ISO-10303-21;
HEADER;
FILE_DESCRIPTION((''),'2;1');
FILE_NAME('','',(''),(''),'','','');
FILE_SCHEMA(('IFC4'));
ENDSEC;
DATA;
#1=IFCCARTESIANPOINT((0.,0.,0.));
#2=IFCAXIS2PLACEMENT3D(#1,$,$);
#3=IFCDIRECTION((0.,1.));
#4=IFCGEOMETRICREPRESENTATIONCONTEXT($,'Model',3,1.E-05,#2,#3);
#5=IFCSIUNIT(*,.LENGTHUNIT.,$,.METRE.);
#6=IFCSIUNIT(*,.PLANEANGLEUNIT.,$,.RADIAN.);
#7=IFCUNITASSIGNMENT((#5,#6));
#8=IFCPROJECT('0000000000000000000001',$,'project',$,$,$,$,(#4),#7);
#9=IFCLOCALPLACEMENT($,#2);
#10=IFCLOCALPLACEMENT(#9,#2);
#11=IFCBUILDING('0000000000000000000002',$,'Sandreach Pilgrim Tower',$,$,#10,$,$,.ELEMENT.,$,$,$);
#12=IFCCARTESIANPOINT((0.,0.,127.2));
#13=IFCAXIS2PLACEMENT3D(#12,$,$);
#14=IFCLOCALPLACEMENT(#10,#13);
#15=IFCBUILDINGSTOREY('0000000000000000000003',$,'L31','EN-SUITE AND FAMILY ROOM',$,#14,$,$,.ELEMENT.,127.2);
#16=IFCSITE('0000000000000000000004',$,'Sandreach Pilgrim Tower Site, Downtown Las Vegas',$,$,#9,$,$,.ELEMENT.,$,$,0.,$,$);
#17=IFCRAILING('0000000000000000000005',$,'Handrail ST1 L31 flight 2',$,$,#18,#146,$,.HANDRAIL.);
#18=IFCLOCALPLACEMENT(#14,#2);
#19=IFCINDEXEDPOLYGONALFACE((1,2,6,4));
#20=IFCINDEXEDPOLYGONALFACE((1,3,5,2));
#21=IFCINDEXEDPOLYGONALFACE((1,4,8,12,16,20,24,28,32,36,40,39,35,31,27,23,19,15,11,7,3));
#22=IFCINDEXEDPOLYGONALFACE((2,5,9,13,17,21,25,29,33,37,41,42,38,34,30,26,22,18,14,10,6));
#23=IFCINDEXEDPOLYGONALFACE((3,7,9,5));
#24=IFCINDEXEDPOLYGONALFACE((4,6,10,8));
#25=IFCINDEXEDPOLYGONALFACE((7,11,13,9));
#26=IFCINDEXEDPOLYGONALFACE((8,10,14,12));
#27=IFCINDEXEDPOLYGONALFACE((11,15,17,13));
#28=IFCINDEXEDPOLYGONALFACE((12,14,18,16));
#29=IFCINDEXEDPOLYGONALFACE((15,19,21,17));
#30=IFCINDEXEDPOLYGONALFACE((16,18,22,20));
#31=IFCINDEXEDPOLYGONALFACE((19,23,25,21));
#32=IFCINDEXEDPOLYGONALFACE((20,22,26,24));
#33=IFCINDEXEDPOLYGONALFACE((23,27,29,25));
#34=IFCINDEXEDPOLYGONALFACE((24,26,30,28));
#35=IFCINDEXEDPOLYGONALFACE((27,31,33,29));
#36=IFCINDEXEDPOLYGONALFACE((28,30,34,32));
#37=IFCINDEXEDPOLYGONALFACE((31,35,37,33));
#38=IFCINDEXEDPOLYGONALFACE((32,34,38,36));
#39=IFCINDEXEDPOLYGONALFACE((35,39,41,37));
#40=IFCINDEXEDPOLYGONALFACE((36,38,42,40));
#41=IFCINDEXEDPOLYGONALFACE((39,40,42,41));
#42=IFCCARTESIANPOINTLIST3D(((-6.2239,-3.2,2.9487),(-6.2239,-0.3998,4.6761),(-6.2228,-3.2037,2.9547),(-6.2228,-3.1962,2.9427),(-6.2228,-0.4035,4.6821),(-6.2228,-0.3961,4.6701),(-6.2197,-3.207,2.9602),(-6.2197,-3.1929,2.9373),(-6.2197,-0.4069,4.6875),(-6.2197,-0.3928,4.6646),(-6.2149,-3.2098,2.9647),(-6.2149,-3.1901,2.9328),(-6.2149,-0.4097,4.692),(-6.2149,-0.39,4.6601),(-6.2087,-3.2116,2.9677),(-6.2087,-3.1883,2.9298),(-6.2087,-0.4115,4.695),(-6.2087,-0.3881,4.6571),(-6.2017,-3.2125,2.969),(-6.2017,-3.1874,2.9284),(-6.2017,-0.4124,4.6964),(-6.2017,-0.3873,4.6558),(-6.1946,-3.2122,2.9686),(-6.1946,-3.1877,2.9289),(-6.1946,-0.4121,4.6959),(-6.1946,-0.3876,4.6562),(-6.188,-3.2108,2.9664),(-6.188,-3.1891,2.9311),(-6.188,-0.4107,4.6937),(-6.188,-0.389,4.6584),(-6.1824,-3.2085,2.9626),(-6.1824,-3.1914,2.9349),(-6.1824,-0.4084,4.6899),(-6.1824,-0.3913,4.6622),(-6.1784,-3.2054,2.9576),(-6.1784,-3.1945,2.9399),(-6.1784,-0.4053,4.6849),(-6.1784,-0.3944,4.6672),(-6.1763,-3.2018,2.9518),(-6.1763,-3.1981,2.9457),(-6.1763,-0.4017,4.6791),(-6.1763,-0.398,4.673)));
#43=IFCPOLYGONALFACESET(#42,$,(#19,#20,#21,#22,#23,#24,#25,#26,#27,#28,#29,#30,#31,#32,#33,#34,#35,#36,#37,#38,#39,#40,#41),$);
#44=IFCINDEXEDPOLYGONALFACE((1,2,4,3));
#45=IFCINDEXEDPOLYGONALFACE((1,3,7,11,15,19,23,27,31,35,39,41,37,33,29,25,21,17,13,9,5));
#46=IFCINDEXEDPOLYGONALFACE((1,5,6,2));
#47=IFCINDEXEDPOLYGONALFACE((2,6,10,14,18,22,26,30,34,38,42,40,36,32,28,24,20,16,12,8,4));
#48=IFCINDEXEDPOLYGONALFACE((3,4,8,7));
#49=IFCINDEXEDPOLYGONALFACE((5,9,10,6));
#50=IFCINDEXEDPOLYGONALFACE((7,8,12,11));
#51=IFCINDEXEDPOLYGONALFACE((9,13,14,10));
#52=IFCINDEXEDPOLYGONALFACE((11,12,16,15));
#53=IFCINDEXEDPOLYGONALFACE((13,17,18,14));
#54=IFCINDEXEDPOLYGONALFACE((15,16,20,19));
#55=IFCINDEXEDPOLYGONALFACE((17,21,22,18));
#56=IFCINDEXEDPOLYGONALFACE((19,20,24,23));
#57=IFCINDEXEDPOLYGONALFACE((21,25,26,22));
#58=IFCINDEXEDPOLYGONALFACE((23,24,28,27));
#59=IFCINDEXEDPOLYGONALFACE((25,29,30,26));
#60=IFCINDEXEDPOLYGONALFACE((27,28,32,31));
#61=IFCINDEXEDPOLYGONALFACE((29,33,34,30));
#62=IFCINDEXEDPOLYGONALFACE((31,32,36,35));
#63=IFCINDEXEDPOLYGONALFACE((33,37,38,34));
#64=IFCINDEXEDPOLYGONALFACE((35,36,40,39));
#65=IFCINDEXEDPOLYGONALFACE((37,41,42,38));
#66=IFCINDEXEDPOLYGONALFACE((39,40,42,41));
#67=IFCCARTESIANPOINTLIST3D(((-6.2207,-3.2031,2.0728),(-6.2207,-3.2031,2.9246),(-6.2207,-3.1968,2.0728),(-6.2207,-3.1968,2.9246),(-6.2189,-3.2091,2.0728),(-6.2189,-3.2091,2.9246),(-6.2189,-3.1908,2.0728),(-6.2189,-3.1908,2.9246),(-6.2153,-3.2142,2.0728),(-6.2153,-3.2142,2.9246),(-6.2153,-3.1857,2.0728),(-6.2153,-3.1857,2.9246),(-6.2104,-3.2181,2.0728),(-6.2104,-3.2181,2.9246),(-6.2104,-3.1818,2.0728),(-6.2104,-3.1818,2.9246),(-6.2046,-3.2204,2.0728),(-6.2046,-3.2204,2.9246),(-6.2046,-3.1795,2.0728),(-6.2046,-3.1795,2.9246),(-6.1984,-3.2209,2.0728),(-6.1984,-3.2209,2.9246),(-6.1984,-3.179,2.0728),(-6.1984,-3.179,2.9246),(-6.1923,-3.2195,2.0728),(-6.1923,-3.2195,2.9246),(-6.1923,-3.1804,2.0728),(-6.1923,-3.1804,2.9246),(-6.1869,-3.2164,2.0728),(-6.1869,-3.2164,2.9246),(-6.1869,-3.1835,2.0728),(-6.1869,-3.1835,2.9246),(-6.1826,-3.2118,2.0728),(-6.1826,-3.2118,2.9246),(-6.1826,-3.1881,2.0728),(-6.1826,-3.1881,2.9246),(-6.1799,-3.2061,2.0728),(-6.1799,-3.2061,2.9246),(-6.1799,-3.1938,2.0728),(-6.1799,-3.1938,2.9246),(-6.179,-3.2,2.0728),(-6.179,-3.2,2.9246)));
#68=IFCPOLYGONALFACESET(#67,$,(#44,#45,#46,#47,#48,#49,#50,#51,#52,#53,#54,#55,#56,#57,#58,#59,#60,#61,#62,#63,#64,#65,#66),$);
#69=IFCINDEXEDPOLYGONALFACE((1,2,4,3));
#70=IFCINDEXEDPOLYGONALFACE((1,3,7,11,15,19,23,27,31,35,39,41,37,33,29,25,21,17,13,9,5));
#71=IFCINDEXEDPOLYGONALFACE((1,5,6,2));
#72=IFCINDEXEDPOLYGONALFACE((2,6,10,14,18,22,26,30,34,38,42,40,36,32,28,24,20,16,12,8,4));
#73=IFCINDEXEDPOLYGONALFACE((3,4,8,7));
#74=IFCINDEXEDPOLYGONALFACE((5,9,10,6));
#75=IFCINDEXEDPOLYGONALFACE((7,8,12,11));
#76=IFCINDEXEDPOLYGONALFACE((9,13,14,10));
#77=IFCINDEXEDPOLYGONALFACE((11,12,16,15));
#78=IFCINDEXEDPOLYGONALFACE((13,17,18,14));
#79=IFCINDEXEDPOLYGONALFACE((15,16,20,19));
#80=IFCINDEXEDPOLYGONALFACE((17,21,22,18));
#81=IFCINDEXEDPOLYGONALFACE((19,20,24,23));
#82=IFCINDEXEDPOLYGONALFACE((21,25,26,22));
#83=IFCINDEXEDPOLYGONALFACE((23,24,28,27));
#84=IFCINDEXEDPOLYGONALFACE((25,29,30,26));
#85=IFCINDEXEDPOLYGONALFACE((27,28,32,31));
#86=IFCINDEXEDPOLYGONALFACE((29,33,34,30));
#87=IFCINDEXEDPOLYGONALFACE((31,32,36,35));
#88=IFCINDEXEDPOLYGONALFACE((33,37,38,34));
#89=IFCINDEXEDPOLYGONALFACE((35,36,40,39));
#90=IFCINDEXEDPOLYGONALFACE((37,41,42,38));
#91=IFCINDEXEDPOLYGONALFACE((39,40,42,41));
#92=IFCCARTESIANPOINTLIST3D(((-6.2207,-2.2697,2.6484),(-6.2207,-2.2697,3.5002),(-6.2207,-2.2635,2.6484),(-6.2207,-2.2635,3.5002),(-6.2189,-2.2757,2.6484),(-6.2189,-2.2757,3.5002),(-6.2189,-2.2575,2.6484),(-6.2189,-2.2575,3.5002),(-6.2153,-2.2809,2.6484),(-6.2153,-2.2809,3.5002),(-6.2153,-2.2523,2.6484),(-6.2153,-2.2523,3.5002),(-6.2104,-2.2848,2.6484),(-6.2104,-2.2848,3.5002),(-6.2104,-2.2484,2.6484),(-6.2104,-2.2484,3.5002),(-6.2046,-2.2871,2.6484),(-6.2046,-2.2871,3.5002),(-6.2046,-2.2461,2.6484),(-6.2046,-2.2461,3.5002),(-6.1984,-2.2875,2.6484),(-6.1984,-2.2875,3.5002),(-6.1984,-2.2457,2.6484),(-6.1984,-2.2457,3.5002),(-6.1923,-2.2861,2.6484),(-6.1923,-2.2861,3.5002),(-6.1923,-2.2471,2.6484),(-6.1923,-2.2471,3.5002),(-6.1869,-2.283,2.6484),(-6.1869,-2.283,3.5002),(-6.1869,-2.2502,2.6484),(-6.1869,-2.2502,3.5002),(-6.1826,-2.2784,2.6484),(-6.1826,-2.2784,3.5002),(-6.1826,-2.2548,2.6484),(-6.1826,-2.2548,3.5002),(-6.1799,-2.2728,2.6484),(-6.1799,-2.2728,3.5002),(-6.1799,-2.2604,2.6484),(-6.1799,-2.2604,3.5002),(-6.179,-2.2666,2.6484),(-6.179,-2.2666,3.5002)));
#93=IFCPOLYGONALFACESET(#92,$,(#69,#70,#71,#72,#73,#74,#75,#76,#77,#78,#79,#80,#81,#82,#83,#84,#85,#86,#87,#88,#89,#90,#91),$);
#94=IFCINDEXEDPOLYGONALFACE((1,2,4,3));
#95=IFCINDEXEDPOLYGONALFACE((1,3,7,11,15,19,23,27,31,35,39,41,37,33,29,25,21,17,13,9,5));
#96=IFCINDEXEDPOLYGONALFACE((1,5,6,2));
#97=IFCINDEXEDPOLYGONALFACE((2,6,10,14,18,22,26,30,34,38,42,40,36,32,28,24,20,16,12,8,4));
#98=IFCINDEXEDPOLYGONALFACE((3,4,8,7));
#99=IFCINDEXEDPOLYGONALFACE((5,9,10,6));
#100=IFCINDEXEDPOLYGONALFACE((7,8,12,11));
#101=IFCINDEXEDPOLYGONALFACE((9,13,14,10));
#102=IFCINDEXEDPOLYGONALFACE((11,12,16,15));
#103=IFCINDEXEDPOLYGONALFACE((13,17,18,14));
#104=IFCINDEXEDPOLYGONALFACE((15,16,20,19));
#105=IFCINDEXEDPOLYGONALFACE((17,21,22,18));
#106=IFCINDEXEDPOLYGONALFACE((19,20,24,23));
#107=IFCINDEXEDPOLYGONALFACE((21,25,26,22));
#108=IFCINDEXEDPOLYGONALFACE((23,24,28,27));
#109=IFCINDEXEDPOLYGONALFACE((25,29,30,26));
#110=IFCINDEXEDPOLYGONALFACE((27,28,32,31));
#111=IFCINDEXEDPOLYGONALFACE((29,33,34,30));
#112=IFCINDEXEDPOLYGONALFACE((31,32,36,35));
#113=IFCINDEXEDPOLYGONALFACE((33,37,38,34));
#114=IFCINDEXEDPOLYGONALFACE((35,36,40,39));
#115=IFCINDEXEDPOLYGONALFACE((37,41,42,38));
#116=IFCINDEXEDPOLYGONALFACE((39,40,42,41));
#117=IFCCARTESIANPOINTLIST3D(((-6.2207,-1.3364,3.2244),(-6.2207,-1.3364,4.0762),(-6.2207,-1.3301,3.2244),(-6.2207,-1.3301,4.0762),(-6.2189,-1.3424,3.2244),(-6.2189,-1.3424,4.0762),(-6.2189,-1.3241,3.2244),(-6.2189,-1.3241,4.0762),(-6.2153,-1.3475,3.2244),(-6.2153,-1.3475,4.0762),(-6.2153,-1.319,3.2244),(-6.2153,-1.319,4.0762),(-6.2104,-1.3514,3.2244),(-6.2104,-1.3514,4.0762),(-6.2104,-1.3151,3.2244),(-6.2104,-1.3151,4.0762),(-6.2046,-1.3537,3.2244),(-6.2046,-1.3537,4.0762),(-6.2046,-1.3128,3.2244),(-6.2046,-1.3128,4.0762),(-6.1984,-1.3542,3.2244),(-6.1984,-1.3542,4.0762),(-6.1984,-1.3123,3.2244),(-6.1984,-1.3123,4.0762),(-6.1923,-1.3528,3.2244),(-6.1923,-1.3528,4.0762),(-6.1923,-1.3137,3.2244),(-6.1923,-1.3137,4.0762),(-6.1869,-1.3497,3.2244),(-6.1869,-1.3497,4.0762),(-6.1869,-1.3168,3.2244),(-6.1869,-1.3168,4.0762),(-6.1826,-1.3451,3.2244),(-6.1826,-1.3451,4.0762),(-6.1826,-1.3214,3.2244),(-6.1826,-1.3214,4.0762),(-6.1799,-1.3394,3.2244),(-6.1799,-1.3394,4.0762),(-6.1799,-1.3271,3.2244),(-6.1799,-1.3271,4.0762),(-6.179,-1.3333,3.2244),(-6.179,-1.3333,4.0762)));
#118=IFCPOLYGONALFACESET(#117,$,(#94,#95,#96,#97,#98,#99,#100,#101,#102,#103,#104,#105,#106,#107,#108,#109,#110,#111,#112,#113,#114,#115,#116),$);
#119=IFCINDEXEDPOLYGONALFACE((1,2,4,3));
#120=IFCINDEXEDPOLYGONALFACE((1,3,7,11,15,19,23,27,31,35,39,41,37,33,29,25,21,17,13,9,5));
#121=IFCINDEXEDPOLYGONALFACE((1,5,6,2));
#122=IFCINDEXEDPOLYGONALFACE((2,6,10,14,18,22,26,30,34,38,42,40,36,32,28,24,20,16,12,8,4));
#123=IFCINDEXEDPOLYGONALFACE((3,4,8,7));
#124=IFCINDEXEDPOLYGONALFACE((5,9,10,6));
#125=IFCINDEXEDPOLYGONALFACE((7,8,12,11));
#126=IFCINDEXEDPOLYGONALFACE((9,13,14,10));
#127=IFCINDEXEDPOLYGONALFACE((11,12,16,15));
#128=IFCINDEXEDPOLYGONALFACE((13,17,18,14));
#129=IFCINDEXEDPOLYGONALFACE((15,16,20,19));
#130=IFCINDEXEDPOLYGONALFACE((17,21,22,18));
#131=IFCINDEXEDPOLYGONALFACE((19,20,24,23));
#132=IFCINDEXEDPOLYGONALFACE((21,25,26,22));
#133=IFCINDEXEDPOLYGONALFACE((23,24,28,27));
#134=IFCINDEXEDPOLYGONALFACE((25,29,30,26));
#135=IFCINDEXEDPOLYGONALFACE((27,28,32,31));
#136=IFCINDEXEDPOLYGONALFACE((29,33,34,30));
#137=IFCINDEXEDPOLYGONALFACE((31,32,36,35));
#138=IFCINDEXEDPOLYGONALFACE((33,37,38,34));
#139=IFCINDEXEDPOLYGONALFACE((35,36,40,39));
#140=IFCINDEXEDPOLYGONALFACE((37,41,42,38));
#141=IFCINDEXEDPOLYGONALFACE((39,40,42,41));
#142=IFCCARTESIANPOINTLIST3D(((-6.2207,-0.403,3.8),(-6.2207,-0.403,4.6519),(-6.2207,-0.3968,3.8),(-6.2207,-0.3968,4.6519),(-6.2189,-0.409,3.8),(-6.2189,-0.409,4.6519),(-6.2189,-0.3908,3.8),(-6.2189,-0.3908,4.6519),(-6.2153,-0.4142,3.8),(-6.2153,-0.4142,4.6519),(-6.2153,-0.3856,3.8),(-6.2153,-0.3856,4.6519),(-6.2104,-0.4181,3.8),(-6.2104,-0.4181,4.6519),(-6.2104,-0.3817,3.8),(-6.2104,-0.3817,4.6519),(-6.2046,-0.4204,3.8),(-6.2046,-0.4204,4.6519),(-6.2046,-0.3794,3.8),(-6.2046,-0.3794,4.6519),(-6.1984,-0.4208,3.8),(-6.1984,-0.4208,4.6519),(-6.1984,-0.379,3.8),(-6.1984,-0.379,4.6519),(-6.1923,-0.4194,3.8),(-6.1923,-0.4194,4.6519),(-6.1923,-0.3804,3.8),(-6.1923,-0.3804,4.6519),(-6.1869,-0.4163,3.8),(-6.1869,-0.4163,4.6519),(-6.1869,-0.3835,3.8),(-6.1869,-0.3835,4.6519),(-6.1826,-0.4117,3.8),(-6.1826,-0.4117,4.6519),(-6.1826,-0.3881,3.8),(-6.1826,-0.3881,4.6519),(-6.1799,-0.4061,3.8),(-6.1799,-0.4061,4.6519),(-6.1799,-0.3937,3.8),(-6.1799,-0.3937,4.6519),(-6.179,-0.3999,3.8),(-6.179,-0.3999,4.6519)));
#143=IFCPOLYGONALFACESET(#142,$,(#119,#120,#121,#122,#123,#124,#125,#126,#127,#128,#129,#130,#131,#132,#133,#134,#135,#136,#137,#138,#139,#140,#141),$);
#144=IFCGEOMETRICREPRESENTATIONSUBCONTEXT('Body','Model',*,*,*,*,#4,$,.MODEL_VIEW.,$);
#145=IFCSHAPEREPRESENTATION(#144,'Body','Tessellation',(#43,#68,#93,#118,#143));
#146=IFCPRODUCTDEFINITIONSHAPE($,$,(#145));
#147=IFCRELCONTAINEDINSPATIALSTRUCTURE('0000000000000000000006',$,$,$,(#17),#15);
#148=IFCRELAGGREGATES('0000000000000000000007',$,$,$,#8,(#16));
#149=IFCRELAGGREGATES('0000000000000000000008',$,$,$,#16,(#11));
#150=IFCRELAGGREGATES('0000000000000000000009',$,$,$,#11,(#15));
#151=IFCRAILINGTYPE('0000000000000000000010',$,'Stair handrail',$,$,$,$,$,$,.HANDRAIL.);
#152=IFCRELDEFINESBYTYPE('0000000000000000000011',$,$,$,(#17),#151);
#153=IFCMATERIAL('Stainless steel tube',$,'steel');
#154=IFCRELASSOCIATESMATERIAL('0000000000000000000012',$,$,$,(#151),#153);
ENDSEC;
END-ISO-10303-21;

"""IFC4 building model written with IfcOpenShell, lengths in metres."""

from ifc_helpers import new_model, si_unit, direction, frame, origin, origin_2d, place, context, subcontext, project, spatial, circle, extrude, material, type_object, element, save


model = new_model("IFC4")

# Units and contexts
model_context = context("Model", 3, precision=1e-05, world=origin(), true_north=direction((0.0, 1.0)))
body_context = subcontext(model_context, "Body", "Model", "MODEL_VIEW")
ifc_project = project(units=[si_unit("LENGTHUNIT", "METRE"), si_unit("PLANEANGLEUNIT", "RADIAN")], contexts=[model_context])

# Site, building, storey
site_placement = place(None, origin())
site = spatial("IfcSite", under=ifc_project, at=site_placement, Name="Sandreach Pilgrim Tower Site, Downtown Las Vegas", CompositionType="ELEMENT", RefElevation=0.0)
building_placement = place(site_placement, origin())
building = spatial("IfcBuilding", under=site, at=building_placement, Name="Sandreach Pilgrim Tower", CompositionType="ELEMENT")
storey_placement = place(building_placement, frame((0.0, 0.0, 127.2)))
storey = spatial("IfcBuildingStorey", under=building, at=storey_placement, Name="L31", Description="EN-SUITE AND FAMILY ROOM", CompositionType="ELEMENT", Elevation=127.2)

# Railing
ifc_material_1 = material(Name="Stainless steel tube", Category="steel")
railing_type = type_object("IfcRailingType", Name="Stair handrail", PredefinedType="HANDRAIL", material=ifc_material_1)
for number, where, name in (
    (1, (-6.2, -3.2, 2.0728), "Handrail ST1 L31 flight 2"),
):
    element("IfcRailing", number, at=place(storey_placement, frame(where)), inside=storey, type_object=railing_type, Name=name, PredefinedType="HANDRAIL", context=body_context, shape_type="SweptSolid", body=[
        extrude(circle(Radius=0.0239, at=origin_2d()), frame((0.0, 0.0, 0.876), z_axis=(0.0, 0.85109, 0.52502), x_axis=(-1.0, 0.0, 0.0)), (0.0, 0.0, 1.0), 3.29),
        extrude(circle(Radius=0.021, at=origin_2d()), origin(), (0.0, 0.0, 1.0), 0.8518),
        extrude(circle(Radius=0.021, at=origin_2d()), frame((0.0, 0.9333, 0.5757)), (0.0, 0.0, 1.0), 0.8518),
        extrude(circle(Radius=0.021, at=origin_2d()), frame((0.0, 1.8667, 1.1516)), (0.0, 0.0, 1.0), 0.8518),
        extrude(circle(Radius=0.021, at=origin_2d()), frame((0.0, 2.8, 1.7273)), (0.0, 0.0, 1.0), 0.8518),
    ])

save(model, "model.ifc")
